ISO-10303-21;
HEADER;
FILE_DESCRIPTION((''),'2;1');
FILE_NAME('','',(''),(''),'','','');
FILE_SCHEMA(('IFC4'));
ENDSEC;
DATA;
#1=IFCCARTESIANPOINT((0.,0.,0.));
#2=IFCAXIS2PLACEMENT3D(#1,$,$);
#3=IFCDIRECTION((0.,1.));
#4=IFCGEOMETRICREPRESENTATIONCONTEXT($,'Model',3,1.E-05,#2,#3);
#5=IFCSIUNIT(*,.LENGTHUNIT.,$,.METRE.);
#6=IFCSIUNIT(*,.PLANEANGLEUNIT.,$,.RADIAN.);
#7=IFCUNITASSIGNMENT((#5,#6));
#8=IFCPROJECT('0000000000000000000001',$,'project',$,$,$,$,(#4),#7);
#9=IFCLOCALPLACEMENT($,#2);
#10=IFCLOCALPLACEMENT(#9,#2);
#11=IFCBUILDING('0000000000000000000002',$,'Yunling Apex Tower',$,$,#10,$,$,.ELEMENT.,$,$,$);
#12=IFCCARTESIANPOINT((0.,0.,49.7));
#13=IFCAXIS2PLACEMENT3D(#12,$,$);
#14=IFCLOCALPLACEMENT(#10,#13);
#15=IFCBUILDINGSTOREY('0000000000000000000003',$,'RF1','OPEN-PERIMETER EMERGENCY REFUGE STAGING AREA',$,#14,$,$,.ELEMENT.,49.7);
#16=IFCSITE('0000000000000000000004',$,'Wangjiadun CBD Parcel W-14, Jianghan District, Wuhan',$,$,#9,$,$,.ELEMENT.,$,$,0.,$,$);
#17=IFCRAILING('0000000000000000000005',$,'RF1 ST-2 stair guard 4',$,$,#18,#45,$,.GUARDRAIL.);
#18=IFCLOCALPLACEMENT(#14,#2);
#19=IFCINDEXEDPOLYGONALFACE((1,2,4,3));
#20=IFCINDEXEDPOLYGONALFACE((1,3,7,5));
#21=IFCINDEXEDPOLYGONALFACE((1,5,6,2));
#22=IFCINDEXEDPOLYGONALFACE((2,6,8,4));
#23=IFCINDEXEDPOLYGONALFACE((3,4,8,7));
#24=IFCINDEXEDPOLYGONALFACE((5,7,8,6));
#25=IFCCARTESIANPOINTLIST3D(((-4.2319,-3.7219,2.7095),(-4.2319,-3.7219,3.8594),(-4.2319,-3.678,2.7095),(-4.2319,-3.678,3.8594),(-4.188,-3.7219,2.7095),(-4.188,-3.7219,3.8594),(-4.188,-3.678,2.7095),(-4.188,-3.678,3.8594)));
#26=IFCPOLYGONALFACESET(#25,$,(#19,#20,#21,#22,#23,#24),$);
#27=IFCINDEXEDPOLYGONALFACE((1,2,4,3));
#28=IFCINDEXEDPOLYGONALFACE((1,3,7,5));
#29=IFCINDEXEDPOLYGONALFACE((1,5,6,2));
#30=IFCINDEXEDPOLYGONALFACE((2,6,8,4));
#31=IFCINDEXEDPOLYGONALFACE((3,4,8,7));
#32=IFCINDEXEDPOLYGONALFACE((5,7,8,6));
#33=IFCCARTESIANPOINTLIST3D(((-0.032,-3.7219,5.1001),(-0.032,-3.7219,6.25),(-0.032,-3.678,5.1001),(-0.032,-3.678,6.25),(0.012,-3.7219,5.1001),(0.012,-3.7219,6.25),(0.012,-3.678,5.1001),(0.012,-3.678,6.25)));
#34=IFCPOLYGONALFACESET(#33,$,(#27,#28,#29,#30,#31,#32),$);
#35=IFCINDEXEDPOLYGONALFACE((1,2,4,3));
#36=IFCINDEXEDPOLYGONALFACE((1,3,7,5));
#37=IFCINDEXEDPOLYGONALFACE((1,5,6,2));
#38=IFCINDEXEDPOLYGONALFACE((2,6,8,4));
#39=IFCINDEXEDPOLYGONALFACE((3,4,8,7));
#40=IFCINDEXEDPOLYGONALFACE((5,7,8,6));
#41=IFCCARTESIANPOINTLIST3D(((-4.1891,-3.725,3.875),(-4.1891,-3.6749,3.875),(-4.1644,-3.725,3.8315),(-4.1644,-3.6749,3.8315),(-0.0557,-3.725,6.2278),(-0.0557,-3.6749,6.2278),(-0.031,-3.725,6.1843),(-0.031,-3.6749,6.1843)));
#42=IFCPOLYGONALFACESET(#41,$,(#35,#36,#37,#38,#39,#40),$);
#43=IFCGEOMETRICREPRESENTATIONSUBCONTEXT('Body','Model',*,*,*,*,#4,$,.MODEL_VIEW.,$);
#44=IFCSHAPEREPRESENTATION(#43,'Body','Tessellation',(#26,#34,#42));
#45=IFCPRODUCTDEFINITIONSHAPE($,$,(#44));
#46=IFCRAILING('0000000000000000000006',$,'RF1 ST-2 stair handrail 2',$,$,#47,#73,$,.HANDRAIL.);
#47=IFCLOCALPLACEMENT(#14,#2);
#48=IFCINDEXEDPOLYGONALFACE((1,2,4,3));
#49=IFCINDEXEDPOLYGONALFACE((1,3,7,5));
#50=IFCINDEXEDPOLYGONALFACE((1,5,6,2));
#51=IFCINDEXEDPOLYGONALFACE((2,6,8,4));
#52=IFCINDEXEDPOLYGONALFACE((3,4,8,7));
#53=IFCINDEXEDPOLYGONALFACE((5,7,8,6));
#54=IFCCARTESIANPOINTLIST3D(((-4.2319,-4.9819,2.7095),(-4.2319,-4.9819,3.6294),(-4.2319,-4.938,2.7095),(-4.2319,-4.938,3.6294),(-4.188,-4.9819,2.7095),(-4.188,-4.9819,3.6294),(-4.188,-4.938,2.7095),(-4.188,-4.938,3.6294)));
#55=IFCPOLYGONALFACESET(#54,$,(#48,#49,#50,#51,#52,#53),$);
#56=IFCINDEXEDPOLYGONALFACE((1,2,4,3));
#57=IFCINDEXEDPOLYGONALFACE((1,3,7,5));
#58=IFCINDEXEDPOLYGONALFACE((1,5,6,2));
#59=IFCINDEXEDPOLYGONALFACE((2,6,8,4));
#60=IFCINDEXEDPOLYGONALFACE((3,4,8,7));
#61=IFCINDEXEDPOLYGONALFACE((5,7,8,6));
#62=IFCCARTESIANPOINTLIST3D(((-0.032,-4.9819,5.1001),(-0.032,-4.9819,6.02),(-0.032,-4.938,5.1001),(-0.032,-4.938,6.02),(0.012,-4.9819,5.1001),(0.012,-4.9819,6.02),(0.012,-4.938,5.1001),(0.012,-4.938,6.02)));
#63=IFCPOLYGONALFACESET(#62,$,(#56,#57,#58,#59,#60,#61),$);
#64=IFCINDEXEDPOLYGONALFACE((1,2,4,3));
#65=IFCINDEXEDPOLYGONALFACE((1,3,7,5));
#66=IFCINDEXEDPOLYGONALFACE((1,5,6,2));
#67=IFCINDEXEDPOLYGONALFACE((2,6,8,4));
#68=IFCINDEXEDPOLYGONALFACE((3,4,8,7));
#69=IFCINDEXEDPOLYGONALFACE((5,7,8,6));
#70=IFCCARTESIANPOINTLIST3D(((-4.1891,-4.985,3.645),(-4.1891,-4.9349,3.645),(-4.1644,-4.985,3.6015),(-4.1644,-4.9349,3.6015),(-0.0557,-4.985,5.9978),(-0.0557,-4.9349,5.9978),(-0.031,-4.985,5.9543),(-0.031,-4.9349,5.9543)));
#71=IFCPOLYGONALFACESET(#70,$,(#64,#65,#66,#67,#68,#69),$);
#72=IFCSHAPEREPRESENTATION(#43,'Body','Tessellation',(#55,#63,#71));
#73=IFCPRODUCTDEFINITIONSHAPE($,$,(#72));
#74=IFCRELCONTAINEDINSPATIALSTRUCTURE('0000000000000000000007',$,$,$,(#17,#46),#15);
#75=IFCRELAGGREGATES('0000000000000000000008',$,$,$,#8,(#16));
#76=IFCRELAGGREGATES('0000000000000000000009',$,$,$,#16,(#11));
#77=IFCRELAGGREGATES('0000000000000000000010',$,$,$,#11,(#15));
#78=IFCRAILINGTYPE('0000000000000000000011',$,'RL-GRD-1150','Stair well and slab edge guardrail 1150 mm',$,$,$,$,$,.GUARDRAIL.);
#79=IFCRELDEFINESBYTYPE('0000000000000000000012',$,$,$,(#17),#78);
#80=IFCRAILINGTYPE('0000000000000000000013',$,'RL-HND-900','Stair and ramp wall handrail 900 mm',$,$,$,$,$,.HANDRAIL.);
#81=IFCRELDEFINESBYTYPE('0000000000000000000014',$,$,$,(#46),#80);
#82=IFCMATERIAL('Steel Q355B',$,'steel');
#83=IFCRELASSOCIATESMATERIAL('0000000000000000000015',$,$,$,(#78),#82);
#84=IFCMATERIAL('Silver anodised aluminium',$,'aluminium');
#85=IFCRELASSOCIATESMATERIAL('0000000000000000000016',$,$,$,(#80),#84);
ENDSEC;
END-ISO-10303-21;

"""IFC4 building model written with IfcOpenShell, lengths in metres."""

from ifc_helpers import new_model, si_unit, direction, frame, origin, origin_2d, place, context, subcontext, project, spatial, rectangle, extrude, material, type_object, element, save


model = new_model("IFC4")

# Units and contexts
model_context = context("Model", 3, precision=1e-05, world=origin(), true_north=direction((0.0, 1.0)))
body_context = subcontext(model_context, "Body", "Model", "MODEL_VIEW")
ifc_project = project(units=[si_unit("LENGTHUNIT", "METRE"), si_unit("PLANEANGLEUNIT", "RADIAN")], contexts=[model_context])

# Site, building, storey
site_placement = place(None, origin())
site = spatial("IfcSite", under=ifc_project, at=site_placement, Name="Wangjiadun CBD Parcel W-14, Jianghan District, Wuhan", CompositionType="ELEMENT", RefElevation=0.0)
building_placement = place(site_placement, origin())
building = spatial("IfcBuilding", under=site, at=building_placement, Name="Yunling Apex Tower", CompositionType="ELEMENT")
storey_placement = place(building_placement, frame((0.0, 0.0, 49.7)))
storey = spatial("IfcBuildingStorey", under=building, at=storey_placement, Name="RF1", Description="OPEN-PERIMETER EMERGENCY REFUGE STAGING AREA", CompositionType="ELEMENT", Elevation=49.7)

# Shared definitions
ifc_material_1 = material(Name="Steel Q355B", Category="steel")

# Railings
railing_type_1 = type_object("IfcRailingType", Name="RL-GRD-1150", Description="Stair well and slab edge guardrail 1150 mm", PredefinedType="GUARDRAIL", material=ifc_material_1)
railing_1_placement = place(storey_placement, frame((-4.21, -3.7, 2.7095)))
element("IfcRailing", 1, at=railing_1_placement, inside=storey, type_object=railing_type_1, Name="RF1 ST-2 stair guard 4", PredefinedType="GUARDRAIL", context=body_context, shape_type="SweptSolid", body=[
    extrude(rectangle(XDim=0.0439, YDim=0.0439, at=origin_2d()), origin(), (0.0, 0.0, 1.0), 1.1499),
    extrude(rectangle(XDim=0.0439, YDim=0.0439, at=origin_2d()), frame((4.2, 0.0, 2.3906)), (0.0, 0.0, 1.0), 1.1499),
    extrude(rectangle(XDim=0.05, YDim=0.05, at=origin_2d()), frame((0.0332, 0.0, 1.1438), z_axis=(0.869075, 0.0, 0.49468), x_axis=(0.0, 1.0, 0.0)), (0.0, 0.0, 1.0), 4.7561),
])
ifc_material_2 = material(Name="Silver anodised aluminium", Category="aluminium")
railing_type_2 = type_object("IfcRailingType", Name="RL-HND-900", Description="Stair and ramp wall handrail 900 mm", PredefinedType="HANDRAIL", material=ifc_material_2)
railing_2_placement = place(storey_placement, frame((-4.21, -4.96, 2.7095)))
element("IfcRailing", 2, at=railing_2_placement, inside=storey, type_object=railing_type_2, Name="RF1 ST-2 stair handrail 2", PredefinedType="HANDRAIL", context=body_context, shape_type="SweptSolid", body=[
    extrude(rectangle(XDim=0.0439, YDim=0.0439, at=origin_2d()), origin(), (0.0, 0.0, 1.0), 0.9199),
    extrude(rectangle(XDim=0.0439, YDim=0.0439, at=origin_2d()), frame((4.2, 0.0, 2.3906)), (0.0, 0.0, 1.0), 0.9199),
    extrude(rectangle(XDim=0.05, YDim=0.05, at=origin_2d()), frame((0.0332, 0.0, 0.9138), z_axis=(0.869075, 0.0, 0.49468), x_axis=(0.0, 1.0, 0.0)), (0.0, 0.0, 1.0), 4.7561),
])

save(model, "model.ifc")
